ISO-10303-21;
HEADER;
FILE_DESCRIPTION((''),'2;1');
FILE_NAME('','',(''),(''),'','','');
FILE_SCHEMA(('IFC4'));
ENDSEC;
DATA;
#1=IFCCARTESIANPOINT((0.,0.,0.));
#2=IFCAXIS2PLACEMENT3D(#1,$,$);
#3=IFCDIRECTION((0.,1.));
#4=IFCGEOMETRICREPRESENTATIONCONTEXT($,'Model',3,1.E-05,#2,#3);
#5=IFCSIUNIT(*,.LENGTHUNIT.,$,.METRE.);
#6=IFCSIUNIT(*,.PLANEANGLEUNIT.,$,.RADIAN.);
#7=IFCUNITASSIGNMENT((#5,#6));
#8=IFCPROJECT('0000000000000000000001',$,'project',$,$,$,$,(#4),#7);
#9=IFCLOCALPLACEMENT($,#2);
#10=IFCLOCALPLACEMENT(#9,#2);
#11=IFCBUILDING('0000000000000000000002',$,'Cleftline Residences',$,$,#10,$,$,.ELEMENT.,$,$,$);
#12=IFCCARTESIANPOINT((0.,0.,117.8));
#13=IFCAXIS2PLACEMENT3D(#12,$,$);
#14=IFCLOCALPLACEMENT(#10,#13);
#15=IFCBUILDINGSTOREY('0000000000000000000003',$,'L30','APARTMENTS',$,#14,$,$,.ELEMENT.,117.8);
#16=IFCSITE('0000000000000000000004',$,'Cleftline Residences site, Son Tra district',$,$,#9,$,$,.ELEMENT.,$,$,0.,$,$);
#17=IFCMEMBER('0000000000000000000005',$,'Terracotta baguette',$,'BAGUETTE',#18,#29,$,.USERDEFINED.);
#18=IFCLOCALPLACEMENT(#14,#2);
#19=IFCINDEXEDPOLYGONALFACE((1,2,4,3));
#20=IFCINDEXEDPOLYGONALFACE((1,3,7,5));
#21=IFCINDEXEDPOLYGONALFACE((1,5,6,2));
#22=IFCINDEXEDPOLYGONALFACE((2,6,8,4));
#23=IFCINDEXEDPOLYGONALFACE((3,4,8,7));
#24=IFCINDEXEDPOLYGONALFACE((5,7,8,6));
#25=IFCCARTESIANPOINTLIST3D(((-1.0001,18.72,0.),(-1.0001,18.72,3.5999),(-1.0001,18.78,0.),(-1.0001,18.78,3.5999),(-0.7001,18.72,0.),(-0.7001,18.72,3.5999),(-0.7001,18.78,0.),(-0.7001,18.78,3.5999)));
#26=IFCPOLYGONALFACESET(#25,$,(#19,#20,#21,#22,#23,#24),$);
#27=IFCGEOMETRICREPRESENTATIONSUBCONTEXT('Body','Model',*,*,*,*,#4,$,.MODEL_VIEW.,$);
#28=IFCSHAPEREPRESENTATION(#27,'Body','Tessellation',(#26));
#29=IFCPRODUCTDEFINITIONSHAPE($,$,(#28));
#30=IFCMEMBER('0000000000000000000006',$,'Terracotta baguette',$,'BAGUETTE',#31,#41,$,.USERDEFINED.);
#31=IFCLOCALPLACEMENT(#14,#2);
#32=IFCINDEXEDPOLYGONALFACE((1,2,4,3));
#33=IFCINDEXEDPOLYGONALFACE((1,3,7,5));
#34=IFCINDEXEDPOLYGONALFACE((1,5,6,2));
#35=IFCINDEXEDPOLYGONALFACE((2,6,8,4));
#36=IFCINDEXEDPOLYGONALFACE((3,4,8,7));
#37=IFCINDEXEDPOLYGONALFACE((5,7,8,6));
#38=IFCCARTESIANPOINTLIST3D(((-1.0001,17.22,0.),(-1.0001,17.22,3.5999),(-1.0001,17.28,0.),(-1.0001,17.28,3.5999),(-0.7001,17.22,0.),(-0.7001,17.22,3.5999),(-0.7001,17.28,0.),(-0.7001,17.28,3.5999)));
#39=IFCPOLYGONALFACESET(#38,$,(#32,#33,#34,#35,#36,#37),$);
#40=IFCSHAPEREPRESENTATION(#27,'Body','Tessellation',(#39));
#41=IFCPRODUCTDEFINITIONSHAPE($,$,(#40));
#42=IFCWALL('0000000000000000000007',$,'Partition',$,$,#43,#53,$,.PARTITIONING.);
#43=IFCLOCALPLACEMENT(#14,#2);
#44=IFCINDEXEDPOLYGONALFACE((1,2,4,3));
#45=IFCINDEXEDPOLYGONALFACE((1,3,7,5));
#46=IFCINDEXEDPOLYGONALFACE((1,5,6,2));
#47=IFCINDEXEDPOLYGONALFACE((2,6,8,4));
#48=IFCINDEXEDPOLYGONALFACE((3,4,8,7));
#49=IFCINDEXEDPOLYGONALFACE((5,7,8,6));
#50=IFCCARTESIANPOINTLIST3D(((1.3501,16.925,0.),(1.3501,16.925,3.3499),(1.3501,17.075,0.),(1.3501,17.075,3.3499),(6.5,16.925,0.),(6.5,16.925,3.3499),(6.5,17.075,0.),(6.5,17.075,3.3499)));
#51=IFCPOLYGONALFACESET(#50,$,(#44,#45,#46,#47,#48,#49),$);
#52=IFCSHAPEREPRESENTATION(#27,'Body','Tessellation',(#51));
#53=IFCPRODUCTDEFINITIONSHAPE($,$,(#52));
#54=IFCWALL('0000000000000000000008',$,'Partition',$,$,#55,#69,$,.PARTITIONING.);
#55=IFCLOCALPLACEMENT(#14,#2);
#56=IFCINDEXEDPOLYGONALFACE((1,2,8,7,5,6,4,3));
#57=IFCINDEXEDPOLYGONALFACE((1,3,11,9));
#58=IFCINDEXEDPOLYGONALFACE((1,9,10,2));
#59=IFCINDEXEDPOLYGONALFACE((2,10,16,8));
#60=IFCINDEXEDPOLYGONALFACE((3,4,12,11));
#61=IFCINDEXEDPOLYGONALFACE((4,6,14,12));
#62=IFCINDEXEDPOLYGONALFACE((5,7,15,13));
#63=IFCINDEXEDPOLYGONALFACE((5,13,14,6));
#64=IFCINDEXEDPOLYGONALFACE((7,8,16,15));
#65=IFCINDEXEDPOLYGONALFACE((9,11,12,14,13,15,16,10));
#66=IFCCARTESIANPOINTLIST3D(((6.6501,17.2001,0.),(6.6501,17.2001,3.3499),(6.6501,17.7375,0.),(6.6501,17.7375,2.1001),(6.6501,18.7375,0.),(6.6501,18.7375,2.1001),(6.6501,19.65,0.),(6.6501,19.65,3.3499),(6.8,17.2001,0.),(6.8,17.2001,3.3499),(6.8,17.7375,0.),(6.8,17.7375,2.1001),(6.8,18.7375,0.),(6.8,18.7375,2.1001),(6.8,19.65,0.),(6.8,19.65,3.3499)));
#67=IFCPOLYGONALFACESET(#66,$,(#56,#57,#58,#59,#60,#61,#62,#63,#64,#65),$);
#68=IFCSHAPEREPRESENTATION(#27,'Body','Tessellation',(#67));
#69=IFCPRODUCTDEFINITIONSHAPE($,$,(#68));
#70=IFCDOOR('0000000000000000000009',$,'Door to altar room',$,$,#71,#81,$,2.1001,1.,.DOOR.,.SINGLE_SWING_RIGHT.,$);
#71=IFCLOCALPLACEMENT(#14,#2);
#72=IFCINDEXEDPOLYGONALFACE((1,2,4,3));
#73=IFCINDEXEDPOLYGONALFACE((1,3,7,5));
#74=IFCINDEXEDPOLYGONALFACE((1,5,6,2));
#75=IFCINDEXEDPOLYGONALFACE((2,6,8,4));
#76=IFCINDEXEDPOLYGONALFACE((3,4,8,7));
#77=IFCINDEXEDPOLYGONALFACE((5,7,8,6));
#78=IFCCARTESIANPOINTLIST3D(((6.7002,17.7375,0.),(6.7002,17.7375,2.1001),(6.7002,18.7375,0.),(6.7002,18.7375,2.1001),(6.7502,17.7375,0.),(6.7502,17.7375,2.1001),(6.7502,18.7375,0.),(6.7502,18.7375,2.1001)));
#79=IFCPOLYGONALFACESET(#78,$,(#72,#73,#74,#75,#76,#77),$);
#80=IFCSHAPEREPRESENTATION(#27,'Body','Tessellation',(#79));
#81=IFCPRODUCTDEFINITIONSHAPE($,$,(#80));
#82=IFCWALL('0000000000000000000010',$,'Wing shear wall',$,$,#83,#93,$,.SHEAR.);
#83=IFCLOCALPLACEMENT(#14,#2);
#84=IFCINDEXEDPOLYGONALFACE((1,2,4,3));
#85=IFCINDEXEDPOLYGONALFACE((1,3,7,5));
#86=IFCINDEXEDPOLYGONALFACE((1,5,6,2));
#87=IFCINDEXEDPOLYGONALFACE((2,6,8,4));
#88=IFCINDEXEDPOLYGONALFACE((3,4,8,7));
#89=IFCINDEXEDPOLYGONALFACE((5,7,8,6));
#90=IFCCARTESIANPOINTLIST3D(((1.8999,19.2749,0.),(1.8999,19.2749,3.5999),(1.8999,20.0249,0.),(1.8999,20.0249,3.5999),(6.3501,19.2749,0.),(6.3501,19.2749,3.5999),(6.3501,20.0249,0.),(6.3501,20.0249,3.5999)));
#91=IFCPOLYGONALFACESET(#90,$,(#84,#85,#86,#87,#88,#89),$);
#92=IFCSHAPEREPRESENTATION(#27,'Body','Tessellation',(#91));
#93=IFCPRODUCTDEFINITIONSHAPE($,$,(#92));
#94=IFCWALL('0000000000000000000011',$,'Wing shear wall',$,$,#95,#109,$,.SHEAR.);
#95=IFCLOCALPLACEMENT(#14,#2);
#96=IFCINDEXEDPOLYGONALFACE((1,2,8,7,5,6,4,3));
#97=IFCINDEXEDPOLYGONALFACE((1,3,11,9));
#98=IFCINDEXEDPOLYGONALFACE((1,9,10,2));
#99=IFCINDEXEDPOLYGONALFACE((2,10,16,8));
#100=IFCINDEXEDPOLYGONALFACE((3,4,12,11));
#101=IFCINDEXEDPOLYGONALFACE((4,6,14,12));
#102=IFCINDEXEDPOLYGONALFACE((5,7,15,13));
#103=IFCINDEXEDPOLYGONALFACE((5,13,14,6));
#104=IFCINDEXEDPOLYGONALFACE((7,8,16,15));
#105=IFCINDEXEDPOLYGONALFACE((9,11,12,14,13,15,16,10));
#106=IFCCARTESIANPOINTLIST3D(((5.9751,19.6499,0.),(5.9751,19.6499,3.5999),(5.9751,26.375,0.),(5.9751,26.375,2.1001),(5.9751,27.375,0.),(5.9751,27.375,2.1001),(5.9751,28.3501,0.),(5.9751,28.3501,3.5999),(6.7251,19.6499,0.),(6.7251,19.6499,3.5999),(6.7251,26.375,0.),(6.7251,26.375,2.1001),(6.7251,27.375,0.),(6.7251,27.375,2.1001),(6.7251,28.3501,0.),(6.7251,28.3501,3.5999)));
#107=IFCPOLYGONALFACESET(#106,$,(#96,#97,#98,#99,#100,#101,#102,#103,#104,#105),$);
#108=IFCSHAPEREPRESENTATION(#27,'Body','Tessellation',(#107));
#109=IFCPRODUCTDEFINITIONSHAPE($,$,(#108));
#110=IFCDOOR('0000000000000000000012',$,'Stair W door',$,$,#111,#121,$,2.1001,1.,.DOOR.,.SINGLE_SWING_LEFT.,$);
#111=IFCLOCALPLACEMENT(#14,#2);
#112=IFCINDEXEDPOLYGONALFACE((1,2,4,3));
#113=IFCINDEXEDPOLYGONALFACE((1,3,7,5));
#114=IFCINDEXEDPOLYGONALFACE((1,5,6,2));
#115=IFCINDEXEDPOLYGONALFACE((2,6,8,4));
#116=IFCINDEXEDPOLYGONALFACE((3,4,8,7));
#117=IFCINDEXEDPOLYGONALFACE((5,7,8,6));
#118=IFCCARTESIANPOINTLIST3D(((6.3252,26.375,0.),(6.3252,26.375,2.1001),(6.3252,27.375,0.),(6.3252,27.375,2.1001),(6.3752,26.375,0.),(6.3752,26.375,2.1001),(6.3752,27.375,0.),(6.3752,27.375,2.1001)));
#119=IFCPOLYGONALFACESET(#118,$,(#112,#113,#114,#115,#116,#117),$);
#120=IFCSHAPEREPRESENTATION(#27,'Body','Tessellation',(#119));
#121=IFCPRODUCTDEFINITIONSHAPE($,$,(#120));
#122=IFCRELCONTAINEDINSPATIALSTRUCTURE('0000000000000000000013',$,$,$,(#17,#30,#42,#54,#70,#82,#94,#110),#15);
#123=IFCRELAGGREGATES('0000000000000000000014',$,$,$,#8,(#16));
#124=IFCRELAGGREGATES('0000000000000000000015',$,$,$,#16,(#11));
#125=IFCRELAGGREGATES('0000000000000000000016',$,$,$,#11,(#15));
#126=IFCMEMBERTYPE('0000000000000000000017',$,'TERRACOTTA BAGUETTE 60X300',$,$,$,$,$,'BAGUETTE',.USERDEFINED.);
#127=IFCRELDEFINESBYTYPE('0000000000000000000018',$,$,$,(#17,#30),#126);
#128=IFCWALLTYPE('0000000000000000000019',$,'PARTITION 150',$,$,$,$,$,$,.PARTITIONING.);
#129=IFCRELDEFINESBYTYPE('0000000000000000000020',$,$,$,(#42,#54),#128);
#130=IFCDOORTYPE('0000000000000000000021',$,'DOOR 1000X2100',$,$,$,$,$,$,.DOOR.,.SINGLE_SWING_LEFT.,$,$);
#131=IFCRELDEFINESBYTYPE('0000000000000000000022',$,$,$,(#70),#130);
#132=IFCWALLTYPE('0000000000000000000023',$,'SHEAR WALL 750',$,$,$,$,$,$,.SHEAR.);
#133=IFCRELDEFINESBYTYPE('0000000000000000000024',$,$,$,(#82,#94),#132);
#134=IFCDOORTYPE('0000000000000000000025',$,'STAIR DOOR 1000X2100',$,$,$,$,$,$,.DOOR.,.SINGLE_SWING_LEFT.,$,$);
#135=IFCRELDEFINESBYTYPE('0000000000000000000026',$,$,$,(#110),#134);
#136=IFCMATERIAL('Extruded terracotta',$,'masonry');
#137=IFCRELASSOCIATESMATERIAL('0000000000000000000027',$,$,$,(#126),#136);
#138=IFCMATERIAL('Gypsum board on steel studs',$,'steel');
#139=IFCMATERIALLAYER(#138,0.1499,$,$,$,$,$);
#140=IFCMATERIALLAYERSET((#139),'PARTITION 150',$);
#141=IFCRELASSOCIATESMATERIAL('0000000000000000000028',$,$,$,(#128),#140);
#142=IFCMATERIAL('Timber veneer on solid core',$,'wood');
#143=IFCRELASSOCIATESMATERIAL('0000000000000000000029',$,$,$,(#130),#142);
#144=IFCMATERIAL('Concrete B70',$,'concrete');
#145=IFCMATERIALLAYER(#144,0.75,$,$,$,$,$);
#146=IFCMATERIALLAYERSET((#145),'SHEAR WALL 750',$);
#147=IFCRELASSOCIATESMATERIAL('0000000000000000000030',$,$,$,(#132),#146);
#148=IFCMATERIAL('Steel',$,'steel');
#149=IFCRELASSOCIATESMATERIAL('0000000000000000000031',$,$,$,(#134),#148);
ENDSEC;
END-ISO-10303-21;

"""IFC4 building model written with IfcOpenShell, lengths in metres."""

from ifc_helpers import new_model, si_unit, direction, frame, frame_2d, origin, origin_2d, place, context, subcontext, project, spatial, rectangle, extrude, material, layer, layer_set, material_profile, profile_set, type_object, element, fill, save


model = new_model("IFC4")

# Units and contexts
model_context = context("Model", 3, precision=1e-05, world=origin(), true_north=direction((0.0, 1.0)))
body_context = subcontext(model_context, "Body", "Model", "MODEL_VIEW")
ifc_project = project(units=[si_unit("LENGTHUNIT", "METRE"), si_unit("PLANEANGLEUNIT", "RADIAN")], contexts=[model_context])

# Site, building, storey
site_placement = place(None, origin())
site = spatial("IfcSite", under=ifc_project, at=site_placement, Name="Cleftline Residences site, Son Tra district", CompositionType="ELEMENT", RefElevation=0.0)
building_placement = place(site_placement, origin())
building = spatial("IfcBuilding", under=site, at=building_placement, Name="Cleftline Residences", CompositionType="ELEMENT")
storey_placement = place(building_placement, frame((0.0, 0.0, 117.8)))
storey = spatial("IfcBuildingStorey", under=building, at=storey_placement, Name="L30", Description="APARTMENTS", CompositionType="ELEMENT", Elevation=117.8)

# Members
ifc_material_1 = material(Name="Extruded terracotta", Category="masonry")
ifc_material_profile_1 = material_profile(ifc_material_1, rectangle(XDim=0.0601, YDim=0.3, at=origin_2d()))
ifc_profile_set_1 = profile_set([ifc_material_profile_1], Name="Extruded terracotta")
member_type = type_object("IfcMemberType", Name="TERRACOTTA BAGUETTE 60X300", ElementType="BAGUETTE", PredefinedType="USERDEFINED", material=ifc_profile_set_1)
for number, where, z_axis, x_axis, name in (
    (1, (-0.8501, 18.75, 0.0), (0.0, 0.0, 1.0), (0.0, 1.0, 0.0), "Terracotta baguette"),
    (2, (-0.8501, 17.25, 0.0), (0.0, 0.0, 1.0), (0.0, 1.0, 0.0), "Terracotta baguette"),
):
    element("IfcMember", number, at=place(storey_placement, frame(where, z_axis=z_axis, x_axis=x_axis)), inside=storey, type_object=member_type, Name=name, ObjectType="BAGUETTE", PredefinedType="USERDEFINED", context=body_context, shape_type="SweptSolid", body=[
        extrude(rectangle(XDim=0.0601, YDim=0.3, at=origin_2d()), origin(), (0.0, 0.0, 1.0), 3.5999),
    ])

# Wall
ifc_material_2 = material(Name="Gypsum board on steel studs", Category="steel")
ifc_layer_1 = layer(ifc_material_2, 0.1499)
ifc_layer_set_1 = layer_set([ifc_layer_1], Name="PARTITION 150")
wall_type_1 = type_object("IfcWallType", Name="PARTITION 150", PredefinedType="PARTITIONING", material=ifc_layer_set_1)
wall_1_placement = place(storey_placement, frame((1.3501, 17.0, 0.0), z_axis=(0.0, 0.0, 1.0), x_axis=(1.0, 0.0, 0.0)))
element("IfcWall", 3, at=wall_1_placement, inside=storey, type_object=wall_type_1, Name="Partition", PredefinedType="PARTITIONING", context=body_context, shape_type="SweptSolid", body=[
    extrude(rectangle(XDim=5.1499, YDim=0.1499, at=frame_2d((2.575, 0.0))), origin(), (0.0, 0.0, 1.0), 3.3499),
])

# Wall, opening, door
wall_2_placement = place(storey_placement, frame((6.7251, 17.2, 0.0), z_axis=(0.0, 0.0, 1.0), x_axis=(0.0, 1.0, 0.0)))
wall_2 = element("IfcWall", 4, at=wall_2_placement, inside=storey, type_object=wall_type_1, Name="Partition", PredefinedType="PARTITIONING", context=body_context, shape_type="SweptSolid", body=[
    extrude(rectangle(XDim=2.45, YDim=0.1499, at=frame_2d((1.2251, 0.0))), origin(), (0.0, 0.0, 1.0), 3.3499),
])
opening_1_placement = place(wall_2_placement, frame((0.5376, 0.0, 0.0)))
opening_1 = element("IfcOpeningElement", 5, at=opening_1_placement, cuts=wall_2, PredefinedType="OPENING", context=body_context, shape_type="SweptSolid", body=[
    extrude(rectangle(XDim=1.0, YDim=2.1001, at=frame_2d((0.5, 1.05))), frame((0.0, 0.085, 0.0), z_axis=(0.0, -1.0, 0.0), x_axis=(1.0, 0.0, 0.0)), (0.0, 0.0, 1.0), 0.1699),
])
ifc_material_3 = material(Name="Timber veneer on solid core", Category="wood")
door_type_1 = type_object("IfcDoorType", Name="DOOR 1000X2100", OperationType="SINGLE_SWING_LEFT", PredefinedType="DOOR", material=ifc_material_3)
door_1_placement = place(opening_1_placement, origin())
door_1 = element("IfcDoor", 6, at=door_1_placement, inside=storey, type_object=door_type_1, Name="Door to altar room", OperationType="SINGLE_SWING_RIGHT", OverallHeight=2.1001, OverallWidth=1.0, PredefinedType="DOOR", context=body_context, shape_type="SweptSolid", body=[
    extrude(rectangle(XDim=1.0, YDim=2.1001, at=frame_2d((0.5, 1.05))), frame((0.0, 0.0249, 0.0), z_axis=(0.0, -1.0, 0.0), x_axis=(1.0, 0.0, 0.0)), (0.0, 0.0, 1.0), 0.05),
])
fill(opening_1, door_1)

# Wall
ifc_material_4 = material(Name="Concrete B70", Category="concrete")
ifc_layer_2 = layer(ifc_material_4, 0.75)
ifc_layer_set_2 = layer_set([ifc_layer_2], Name="SHEAR WALL 750")
wall_type_2 = type_object("IfcWallType", Name="SHEAR WALL 750", PredefinedType="SHEAR", material=ifc_layer_set_2)
wall_3_placement = place(storey_placement, frame((1.8999, 19.6499, 0.0), z_axis=(0.0, 0.0, 1.0), x_axis=(1.0, 0.0, 0.0)))
element("IfcWall", 7, at=wall_3_placement, inside=storey, type_object=wall_type_2, Name="Wing shear wall", PredefinedType="SHEAR", context=body_context, shape_type="SweptSolid", body=[
    extrude(rectangle(XDim=4.4502, YDim=0.75, at=frame_2d((2.2251, 0.0))), origin(), (0.0, 0.0, 1.0), 3.5999),
])

# Wall, opening, door
wall_4_placement = place(storey_placement, frame((6.3501, 19.6499, 0.0), z_axis=(0.0, 0.0, 1.0), x_axis=(0.0, 1.0, 0.0)))
wall_4 = element("IfcWall", 8, at=wall_4_placement, inside=storey, type_object=wall_type_2, Name="Wing shear wall", PredefinedType="SHEAR", context=body_context, shape_type="SweptSolid", body=[
    extrude(rectangle(XDim=8.7002, YDim=0.75, at=frame_2d((4.3501, 0.0))), origin(), (0.0, 0.0, 1.0), 3.5999),
])
opening_2_placement = place(wall_4_placement, frame((6.7251, 0.0, 0.0)))
opening_2 = element("IfcOpeningElement", 9, at=opening_2_placement, cuts=wall_4, PredefinedType="OPENING", context=body_context, shape_type="SweptSolid", body=[
    extrude(rectangle(XDim=1.0, YDim=2.1001, at=frame_2d((0.5, 1.05))), frame((0.0, 0.385, 0.0), z_axis=(0.0, -1.0, 0.0), x_axis=(1.0, 0.0, 0.0)), (0.0, 0.0, 1.0), 0.77),
])
ifc_material_5 = material(Name="Steel", Category="steel")
door_type_2 = type_object("IfcDoorType", Name="STAIR DOOR 1000X2100", OperationType="SINGLE_SWING_LEFT", PredefinedType="DOOR", material=ifc_material_5)
door_2_placement = place(opening_2_placement, origin())
door_2 = element("IfcDoor", 10, at=door_2_placement, inside=storey, type_object=door_type_2, Name="Stair W door", OperationType="SINGLE_SWING_LEFT", OverallHeight=2.1001, OverallWidth=1.0, PredefinedType="DOOR", context=body_context, shape_type="SweptSolid", body=[
    extrude(rectangle(XDim=1.0, YDim=2.1001, at=frame_2d((0.5, 1.05))), frame((0.0, 0.0249, 0.0), z_axis=(0.0, -1.0, 0.0), x_axis=(1.0, 0.0, 0.0)), (0.0, 0.0, 1.0), 0.05),
])
fill(opening_2, door_2)

save(model, "model.ifc")
